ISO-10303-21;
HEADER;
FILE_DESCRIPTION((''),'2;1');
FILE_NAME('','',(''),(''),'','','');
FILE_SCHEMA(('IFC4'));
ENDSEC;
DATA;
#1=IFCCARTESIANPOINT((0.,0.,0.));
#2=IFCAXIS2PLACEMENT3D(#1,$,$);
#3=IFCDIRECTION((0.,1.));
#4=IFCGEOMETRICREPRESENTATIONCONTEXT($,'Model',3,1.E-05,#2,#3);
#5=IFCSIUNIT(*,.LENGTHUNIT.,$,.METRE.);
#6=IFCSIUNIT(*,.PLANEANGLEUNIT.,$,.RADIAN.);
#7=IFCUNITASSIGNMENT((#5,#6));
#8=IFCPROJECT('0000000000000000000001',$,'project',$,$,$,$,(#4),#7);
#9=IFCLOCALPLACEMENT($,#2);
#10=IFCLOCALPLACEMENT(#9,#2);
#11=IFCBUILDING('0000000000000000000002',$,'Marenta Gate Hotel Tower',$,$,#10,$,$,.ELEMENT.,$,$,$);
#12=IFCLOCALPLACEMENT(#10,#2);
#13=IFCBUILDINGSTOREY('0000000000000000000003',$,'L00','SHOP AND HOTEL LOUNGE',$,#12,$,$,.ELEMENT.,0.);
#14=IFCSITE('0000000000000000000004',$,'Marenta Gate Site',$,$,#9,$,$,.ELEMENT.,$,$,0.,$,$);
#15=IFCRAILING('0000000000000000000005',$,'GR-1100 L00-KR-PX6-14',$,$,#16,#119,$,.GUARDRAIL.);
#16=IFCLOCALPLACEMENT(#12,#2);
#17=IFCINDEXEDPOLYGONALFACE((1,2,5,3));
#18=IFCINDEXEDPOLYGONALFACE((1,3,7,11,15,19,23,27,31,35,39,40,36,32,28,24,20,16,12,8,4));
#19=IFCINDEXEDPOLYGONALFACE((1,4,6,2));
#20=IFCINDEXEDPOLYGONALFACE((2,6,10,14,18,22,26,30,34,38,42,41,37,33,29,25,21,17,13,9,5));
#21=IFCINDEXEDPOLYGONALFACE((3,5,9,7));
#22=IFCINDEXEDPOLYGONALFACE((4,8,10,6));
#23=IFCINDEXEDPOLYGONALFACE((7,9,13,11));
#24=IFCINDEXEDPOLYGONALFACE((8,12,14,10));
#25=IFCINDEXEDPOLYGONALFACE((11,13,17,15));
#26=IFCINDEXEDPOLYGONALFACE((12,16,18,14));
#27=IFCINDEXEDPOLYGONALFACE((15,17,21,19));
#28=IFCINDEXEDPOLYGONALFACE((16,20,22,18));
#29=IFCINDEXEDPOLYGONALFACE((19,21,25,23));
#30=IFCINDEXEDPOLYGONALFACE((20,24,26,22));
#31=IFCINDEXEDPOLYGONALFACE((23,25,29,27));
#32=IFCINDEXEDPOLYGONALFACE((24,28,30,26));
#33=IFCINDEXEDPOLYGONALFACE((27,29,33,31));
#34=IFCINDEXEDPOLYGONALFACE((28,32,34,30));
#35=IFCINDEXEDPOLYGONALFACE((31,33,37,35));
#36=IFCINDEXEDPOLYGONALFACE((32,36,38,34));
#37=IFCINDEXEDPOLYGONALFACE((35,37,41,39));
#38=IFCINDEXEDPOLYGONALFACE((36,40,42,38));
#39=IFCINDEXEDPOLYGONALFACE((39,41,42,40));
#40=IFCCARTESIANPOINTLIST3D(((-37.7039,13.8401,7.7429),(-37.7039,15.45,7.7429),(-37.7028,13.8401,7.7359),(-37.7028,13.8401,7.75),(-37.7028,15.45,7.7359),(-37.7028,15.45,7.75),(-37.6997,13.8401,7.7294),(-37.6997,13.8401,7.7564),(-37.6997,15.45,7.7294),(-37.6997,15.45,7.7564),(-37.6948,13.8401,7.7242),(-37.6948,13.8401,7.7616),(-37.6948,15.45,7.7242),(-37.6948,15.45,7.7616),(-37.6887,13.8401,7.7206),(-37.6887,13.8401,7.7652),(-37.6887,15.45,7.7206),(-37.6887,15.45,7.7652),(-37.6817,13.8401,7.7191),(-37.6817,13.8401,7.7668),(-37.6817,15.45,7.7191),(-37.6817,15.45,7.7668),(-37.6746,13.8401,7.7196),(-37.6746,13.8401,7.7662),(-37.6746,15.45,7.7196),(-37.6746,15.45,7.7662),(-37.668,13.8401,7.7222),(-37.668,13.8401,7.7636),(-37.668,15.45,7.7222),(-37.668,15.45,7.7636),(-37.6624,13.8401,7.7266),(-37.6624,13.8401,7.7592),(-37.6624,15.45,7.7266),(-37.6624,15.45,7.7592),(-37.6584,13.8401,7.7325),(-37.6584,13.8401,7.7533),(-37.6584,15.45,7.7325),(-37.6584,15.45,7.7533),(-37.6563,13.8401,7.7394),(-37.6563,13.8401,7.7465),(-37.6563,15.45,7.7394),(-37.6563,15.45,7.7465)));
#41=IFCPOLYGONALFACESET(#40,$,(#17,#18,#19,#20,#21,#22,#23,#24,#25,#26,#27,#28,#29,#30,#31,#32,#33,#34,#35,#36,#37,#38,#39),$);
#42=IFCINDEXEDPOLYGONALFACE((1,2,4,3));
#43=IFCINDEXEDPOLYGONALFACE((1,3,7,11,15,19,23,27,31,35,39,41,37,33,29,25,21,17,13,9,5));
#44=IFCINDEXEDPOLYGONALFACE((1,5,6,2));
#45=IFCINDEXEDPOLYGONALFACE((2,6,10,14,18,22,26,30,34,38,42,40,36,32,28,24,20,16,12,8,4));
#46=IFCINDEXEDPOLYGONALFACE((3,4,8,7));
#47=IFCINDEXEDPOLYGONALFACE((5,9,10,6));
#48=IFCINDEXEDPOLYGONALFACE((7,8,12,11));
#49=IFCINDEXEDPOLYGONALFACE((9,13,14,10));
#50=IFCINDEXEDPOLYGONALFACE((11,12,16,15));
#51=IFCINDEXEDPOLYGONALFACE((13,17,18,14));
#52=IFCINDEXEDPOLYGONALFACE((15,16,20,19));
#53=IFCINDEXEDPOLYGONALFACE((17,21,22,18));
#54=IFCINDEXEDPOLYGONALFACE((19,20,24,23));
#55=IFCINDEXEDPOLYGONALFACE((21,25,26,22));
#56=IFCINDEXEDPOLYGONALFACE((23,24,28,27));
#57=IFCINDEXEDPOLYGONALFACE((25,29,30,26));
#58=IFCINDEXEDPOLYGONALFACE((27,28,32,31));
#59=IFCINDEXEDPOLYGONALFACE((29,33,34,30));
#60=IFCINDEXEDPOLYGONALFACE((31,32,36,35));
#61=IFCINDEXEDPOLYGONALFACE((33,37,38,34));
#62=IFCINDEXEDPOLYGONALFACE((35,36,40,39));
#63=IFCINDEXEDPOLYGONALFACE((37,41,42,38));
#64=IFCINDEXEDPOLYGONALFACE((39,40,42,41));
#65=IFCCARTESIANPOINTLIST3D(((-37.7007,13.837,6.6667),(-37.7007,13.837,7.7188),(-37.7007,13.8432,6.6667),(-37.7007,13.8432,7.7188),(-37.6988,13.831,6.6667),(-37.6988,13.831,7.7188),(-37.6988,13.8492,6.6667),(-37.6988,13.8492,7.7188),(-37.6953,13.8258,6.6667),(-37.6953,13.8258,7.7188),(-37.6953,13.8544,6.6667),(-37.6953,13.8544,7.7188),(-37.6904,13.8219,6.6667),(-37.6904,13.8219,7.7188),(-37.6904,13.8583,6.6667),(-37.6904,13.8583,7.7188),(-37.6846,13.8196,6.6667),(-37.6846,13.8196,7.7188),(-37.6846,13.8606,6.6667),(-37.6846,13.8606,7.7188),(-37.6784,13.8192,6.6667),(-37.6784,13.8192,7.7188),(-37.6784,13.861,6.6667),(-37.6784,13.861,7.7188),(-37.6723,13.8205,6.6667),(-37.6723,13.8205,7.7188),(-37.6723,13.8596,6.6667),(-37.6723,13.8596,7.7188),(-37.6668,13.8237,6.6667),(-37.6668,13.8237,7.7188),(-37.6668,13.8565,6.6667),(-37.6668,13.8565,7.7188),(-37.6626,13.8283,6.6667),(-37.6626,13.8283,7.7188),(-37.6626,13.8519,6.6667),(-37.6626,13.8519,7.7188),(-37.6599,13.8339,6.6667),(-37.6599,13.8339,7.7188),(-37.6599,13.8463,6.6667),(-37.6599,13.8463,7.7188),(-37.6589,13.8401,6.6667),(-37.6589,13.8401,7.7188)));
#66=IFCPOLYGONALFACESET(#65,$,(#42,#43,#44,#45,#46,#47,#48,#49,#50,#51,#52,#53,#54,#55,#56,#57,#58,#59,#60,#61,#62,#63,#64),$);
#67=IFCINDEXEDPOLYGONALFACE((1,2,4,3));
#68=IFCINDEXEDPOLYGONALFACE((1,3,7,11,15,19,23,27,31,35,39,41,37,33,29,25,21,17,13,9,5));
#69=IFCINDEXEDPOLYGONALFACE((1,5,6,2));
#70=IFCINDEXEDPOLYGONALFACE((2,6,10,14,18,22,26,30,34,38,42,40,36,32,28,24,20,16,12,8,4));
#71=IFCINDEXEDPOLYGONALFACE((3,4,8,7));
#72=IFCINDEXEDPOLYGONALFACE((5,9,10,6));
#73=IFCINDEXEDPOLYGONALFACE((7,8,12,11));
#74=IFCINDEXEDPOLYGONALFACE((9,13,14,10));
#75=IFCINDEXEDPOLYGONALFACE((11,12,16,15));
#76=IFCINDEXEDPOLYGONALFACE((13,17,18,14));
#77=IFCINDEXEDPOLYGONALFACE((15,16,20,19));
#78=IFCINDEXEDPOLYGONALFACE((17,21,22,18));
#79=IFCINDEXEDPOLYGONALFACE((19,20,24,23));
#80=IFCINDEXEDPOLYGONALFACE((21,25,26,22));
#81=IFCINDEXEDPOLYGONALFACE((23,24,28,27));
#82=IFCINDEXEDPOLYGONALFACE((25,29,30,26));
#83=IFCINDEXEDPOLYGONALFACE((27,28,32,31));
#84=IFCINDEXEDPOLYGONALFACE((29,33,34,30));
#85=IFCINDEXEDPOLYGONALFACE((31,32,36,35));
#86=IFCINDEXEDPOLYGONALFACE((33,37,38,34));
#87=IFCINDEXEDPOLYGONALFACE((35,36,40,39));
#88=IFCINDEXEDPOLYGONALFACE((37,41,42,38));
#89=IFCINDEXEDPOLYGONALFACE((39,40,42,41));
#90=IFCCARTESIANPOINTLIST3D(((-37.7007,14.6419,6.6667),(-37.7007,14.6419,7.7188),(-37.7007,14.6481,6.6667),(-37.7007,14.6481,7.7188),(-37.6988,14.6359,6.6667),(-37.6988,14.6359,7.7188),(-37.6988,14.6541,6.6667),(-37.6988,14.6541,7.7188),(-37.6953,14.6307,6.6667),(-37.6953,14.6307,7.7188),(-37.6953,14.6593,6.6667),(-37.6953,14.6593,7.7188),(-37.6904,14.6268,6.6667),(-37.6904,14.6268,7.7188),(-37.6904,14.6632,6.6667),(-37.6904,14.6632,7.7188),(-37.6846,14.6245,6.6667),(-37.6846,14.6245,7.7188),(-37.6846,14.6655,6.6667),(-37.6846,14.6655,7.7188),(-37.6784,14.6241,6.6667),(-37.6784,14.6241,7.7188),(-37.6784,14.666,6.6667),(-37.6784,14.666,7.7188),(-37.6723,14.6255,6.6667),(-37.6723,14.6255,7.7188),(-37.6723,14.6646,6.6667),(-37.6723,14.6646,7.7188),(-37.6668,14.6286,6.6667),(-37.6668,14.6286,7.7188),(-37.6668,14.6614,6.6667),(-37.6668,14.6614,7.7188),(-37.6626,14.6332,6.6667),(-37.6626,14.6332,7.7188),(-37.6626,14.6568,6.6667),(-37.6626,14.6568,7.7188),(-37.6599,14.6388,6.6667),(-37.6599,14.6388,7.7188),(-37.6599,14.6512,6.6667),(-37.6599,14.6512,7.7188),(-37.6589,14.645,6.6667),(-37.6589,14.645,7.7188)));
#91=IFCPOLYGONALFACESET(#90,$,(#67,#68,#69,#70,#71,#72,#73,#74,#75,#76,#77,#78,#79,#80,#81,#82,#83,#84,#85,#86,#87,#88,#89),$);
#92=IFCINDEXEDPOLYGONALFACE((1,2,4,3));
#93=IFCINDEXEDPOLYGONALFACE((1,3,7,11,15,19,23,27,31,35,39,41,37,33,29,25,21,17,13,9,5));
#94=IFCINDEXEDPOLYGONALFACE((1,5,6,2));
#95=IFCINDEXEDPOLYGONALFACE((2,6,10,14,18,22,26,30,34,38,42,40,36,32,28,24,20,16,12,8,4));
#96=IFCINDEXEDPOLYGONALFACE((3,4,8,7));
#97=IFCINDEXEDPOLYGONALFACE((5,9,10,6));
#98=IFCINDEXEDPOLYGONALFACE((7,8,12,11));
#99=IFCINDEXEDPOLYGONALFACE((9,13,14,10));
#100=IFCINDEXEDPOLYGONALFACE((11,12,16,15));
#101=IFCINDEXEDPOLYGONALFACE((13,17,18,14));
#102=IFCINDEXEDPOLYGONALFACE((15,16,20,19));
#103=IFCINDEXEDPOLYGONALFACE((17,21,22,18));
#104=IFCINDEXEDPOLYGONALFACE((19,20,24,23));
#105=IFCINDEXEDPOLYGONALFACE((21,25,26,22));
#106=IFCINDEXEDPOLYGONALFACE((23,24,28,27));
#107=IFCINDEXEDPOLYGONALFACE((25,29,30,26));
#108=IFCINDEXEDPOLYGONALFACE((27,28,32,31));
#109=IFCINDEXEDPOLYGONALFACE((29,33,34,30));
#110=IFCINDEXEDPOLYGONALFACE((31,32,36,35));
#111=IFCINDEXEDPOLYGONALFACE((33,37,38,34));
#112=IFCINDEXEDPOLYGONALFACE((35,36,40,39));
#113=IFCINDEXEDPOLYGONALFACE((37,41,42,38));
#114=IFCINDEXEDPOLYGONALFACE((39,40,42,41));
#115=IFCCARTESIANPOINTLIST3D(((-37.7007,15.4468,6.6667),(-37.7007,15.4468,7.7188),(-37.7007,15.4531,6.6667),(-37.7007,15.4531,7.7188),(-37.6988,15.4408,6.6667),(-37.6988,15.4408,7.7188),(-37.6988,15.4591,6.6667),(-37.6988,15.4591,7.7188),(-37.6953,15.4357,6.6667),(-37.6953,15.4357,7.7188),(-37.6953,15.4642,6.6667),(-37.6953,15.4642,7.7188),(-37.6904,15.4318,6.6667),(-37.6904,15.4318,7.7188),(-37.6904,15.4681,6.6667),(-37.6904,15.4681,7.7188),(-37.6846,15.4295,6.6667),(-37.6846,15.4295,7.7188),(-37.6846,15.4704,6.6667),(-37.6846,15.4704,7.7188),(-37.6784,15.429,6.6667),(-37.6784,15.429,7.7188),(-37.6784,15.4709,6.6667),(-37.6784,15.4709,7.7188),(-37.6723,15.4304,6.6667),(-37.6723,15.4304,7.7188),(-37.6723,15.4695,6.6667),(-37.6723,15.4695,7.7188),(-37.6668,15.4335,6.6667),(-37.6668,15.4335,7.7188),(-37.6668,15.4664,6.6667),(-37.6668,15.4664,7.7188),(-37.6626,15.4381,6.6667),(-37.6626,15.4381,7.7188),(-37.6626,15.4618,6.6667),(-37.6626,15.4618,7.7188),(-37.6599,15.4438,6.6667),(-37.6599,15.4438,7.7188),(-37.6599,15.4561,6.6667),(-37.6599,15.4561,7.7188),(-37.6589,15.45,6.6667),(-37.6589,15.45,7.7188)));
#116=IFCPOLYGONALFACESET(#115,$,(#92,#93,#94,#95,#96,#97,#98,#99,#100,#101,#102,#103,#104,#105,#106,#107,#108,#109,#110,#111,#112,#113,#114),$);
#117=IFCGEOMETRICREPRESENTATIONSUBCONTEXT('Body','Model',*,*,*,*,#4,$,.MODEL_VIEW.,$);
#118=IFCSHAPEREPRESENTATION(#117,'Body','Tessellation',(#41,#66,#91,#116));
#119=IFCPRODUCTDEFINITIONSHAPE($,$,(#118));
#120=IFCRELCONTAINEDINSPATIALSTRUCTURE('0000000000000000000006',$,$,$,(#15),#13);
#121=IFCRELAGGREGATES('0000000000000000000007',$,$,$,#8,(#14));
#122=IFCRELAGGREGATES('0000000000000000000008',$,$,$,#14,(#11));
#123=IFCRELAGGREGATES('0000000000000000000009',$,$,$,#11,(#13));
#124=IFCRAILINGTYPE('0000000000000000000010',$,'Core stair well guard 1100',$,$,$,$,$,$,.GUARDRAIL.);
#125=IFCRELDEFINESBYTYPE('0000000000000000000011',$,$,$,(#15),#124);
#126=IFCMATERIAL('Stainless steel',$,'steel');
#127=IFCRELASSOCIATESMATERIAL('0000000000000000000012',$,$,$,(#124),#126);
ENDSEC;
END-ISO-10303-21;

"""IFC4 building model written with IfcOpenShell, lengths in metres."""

from ifc_helpers import new_model, si_unit, direction, frame, origin, origin_2d, place, context, subcontext, project, spatial, circle, extrude, material, type_object, element, save


model = new_model("IFC4")

# Units and contexts
model_context = context("Model", 3, precision=1e-05, world=origin(), true_north=direction((0.0, 1.0)))
body_context = subcontext(model_context, "Body", "Model", "MODEL_VIEW")
ifc_project = project(units=[si_unit("LENGTHUNIT", "METRE"), si_unit("PLANEANGLEUNIT", "RADIAN")], contexts=[model_context])

# Site, building, storey
site_placement = place(None, origin())
site = spatial("IfcSite", under=ifc_project, at=site_placement, Name="Marenta Gate Site", CompositionType="ELEMENT", RefElevation=0.0)
building_placement = place(site_placement, origin())
building = spatial("IfcBuilding", under=site, at=building_placement, Name="Marenta Gate Hotel Tower", CompositionType="ELEMENT")
storey_placement = place(building_placement, origin())
storey = spatial("IfcBuildingStorey", under=building, at=storey_placement, Name="L00", Description="SHOP AND HOTEL LOUNGE", CompositionType="ELEMENT", Elevation=0.0)

# Railing
ifc_material_1 = material(Name="Stainless steel", Category="steel")
railing_type = type_object("IfcRailingType", Name="Core stair well guard 1100", PredefinedType="GUARDRAIL", material=ifc_material_1)
for number, where, name in (
    (1, (-37.6799, 13.8401, 6.6667), "GR-1100 L00-KR-PX6-14"),
):
    element("IfcRailing", number, at=place(storey_placement, frame(where)), inside=storey, type_object=railing_type, Name=name, PredefinedType="GUARDRAIL", context=body_context, shape_type="SweptSolid", body=[
        extrude(circle(Radius=0.0239, at=origin_2d()), frame((0.0, 0.0, 1.0762), z_axis=(0.0, 1.0, 0.0), x_axis=(-1.0, 0.0, 0.0)), (0.0, 0.0, 1.0), 1.6099),
        extrude(circle(Radius=0.021, at=origin_2d()), origin(), (0.0, 0.0, 1.0), 1.052),
        extrude(circle(Radius=0.021, at=origin_2d()), frame((0.0, 0.8049, 0.0)), (0.0, 0.0, 1.0), 1.052),
        extrude(circle(Radius=0.021, at=origin_2d()), frame((0.0, 1.6099, 0.0)), (0.0, 0.0, 1.0), 1.052),
    ])

save(model, "model.ifc")
